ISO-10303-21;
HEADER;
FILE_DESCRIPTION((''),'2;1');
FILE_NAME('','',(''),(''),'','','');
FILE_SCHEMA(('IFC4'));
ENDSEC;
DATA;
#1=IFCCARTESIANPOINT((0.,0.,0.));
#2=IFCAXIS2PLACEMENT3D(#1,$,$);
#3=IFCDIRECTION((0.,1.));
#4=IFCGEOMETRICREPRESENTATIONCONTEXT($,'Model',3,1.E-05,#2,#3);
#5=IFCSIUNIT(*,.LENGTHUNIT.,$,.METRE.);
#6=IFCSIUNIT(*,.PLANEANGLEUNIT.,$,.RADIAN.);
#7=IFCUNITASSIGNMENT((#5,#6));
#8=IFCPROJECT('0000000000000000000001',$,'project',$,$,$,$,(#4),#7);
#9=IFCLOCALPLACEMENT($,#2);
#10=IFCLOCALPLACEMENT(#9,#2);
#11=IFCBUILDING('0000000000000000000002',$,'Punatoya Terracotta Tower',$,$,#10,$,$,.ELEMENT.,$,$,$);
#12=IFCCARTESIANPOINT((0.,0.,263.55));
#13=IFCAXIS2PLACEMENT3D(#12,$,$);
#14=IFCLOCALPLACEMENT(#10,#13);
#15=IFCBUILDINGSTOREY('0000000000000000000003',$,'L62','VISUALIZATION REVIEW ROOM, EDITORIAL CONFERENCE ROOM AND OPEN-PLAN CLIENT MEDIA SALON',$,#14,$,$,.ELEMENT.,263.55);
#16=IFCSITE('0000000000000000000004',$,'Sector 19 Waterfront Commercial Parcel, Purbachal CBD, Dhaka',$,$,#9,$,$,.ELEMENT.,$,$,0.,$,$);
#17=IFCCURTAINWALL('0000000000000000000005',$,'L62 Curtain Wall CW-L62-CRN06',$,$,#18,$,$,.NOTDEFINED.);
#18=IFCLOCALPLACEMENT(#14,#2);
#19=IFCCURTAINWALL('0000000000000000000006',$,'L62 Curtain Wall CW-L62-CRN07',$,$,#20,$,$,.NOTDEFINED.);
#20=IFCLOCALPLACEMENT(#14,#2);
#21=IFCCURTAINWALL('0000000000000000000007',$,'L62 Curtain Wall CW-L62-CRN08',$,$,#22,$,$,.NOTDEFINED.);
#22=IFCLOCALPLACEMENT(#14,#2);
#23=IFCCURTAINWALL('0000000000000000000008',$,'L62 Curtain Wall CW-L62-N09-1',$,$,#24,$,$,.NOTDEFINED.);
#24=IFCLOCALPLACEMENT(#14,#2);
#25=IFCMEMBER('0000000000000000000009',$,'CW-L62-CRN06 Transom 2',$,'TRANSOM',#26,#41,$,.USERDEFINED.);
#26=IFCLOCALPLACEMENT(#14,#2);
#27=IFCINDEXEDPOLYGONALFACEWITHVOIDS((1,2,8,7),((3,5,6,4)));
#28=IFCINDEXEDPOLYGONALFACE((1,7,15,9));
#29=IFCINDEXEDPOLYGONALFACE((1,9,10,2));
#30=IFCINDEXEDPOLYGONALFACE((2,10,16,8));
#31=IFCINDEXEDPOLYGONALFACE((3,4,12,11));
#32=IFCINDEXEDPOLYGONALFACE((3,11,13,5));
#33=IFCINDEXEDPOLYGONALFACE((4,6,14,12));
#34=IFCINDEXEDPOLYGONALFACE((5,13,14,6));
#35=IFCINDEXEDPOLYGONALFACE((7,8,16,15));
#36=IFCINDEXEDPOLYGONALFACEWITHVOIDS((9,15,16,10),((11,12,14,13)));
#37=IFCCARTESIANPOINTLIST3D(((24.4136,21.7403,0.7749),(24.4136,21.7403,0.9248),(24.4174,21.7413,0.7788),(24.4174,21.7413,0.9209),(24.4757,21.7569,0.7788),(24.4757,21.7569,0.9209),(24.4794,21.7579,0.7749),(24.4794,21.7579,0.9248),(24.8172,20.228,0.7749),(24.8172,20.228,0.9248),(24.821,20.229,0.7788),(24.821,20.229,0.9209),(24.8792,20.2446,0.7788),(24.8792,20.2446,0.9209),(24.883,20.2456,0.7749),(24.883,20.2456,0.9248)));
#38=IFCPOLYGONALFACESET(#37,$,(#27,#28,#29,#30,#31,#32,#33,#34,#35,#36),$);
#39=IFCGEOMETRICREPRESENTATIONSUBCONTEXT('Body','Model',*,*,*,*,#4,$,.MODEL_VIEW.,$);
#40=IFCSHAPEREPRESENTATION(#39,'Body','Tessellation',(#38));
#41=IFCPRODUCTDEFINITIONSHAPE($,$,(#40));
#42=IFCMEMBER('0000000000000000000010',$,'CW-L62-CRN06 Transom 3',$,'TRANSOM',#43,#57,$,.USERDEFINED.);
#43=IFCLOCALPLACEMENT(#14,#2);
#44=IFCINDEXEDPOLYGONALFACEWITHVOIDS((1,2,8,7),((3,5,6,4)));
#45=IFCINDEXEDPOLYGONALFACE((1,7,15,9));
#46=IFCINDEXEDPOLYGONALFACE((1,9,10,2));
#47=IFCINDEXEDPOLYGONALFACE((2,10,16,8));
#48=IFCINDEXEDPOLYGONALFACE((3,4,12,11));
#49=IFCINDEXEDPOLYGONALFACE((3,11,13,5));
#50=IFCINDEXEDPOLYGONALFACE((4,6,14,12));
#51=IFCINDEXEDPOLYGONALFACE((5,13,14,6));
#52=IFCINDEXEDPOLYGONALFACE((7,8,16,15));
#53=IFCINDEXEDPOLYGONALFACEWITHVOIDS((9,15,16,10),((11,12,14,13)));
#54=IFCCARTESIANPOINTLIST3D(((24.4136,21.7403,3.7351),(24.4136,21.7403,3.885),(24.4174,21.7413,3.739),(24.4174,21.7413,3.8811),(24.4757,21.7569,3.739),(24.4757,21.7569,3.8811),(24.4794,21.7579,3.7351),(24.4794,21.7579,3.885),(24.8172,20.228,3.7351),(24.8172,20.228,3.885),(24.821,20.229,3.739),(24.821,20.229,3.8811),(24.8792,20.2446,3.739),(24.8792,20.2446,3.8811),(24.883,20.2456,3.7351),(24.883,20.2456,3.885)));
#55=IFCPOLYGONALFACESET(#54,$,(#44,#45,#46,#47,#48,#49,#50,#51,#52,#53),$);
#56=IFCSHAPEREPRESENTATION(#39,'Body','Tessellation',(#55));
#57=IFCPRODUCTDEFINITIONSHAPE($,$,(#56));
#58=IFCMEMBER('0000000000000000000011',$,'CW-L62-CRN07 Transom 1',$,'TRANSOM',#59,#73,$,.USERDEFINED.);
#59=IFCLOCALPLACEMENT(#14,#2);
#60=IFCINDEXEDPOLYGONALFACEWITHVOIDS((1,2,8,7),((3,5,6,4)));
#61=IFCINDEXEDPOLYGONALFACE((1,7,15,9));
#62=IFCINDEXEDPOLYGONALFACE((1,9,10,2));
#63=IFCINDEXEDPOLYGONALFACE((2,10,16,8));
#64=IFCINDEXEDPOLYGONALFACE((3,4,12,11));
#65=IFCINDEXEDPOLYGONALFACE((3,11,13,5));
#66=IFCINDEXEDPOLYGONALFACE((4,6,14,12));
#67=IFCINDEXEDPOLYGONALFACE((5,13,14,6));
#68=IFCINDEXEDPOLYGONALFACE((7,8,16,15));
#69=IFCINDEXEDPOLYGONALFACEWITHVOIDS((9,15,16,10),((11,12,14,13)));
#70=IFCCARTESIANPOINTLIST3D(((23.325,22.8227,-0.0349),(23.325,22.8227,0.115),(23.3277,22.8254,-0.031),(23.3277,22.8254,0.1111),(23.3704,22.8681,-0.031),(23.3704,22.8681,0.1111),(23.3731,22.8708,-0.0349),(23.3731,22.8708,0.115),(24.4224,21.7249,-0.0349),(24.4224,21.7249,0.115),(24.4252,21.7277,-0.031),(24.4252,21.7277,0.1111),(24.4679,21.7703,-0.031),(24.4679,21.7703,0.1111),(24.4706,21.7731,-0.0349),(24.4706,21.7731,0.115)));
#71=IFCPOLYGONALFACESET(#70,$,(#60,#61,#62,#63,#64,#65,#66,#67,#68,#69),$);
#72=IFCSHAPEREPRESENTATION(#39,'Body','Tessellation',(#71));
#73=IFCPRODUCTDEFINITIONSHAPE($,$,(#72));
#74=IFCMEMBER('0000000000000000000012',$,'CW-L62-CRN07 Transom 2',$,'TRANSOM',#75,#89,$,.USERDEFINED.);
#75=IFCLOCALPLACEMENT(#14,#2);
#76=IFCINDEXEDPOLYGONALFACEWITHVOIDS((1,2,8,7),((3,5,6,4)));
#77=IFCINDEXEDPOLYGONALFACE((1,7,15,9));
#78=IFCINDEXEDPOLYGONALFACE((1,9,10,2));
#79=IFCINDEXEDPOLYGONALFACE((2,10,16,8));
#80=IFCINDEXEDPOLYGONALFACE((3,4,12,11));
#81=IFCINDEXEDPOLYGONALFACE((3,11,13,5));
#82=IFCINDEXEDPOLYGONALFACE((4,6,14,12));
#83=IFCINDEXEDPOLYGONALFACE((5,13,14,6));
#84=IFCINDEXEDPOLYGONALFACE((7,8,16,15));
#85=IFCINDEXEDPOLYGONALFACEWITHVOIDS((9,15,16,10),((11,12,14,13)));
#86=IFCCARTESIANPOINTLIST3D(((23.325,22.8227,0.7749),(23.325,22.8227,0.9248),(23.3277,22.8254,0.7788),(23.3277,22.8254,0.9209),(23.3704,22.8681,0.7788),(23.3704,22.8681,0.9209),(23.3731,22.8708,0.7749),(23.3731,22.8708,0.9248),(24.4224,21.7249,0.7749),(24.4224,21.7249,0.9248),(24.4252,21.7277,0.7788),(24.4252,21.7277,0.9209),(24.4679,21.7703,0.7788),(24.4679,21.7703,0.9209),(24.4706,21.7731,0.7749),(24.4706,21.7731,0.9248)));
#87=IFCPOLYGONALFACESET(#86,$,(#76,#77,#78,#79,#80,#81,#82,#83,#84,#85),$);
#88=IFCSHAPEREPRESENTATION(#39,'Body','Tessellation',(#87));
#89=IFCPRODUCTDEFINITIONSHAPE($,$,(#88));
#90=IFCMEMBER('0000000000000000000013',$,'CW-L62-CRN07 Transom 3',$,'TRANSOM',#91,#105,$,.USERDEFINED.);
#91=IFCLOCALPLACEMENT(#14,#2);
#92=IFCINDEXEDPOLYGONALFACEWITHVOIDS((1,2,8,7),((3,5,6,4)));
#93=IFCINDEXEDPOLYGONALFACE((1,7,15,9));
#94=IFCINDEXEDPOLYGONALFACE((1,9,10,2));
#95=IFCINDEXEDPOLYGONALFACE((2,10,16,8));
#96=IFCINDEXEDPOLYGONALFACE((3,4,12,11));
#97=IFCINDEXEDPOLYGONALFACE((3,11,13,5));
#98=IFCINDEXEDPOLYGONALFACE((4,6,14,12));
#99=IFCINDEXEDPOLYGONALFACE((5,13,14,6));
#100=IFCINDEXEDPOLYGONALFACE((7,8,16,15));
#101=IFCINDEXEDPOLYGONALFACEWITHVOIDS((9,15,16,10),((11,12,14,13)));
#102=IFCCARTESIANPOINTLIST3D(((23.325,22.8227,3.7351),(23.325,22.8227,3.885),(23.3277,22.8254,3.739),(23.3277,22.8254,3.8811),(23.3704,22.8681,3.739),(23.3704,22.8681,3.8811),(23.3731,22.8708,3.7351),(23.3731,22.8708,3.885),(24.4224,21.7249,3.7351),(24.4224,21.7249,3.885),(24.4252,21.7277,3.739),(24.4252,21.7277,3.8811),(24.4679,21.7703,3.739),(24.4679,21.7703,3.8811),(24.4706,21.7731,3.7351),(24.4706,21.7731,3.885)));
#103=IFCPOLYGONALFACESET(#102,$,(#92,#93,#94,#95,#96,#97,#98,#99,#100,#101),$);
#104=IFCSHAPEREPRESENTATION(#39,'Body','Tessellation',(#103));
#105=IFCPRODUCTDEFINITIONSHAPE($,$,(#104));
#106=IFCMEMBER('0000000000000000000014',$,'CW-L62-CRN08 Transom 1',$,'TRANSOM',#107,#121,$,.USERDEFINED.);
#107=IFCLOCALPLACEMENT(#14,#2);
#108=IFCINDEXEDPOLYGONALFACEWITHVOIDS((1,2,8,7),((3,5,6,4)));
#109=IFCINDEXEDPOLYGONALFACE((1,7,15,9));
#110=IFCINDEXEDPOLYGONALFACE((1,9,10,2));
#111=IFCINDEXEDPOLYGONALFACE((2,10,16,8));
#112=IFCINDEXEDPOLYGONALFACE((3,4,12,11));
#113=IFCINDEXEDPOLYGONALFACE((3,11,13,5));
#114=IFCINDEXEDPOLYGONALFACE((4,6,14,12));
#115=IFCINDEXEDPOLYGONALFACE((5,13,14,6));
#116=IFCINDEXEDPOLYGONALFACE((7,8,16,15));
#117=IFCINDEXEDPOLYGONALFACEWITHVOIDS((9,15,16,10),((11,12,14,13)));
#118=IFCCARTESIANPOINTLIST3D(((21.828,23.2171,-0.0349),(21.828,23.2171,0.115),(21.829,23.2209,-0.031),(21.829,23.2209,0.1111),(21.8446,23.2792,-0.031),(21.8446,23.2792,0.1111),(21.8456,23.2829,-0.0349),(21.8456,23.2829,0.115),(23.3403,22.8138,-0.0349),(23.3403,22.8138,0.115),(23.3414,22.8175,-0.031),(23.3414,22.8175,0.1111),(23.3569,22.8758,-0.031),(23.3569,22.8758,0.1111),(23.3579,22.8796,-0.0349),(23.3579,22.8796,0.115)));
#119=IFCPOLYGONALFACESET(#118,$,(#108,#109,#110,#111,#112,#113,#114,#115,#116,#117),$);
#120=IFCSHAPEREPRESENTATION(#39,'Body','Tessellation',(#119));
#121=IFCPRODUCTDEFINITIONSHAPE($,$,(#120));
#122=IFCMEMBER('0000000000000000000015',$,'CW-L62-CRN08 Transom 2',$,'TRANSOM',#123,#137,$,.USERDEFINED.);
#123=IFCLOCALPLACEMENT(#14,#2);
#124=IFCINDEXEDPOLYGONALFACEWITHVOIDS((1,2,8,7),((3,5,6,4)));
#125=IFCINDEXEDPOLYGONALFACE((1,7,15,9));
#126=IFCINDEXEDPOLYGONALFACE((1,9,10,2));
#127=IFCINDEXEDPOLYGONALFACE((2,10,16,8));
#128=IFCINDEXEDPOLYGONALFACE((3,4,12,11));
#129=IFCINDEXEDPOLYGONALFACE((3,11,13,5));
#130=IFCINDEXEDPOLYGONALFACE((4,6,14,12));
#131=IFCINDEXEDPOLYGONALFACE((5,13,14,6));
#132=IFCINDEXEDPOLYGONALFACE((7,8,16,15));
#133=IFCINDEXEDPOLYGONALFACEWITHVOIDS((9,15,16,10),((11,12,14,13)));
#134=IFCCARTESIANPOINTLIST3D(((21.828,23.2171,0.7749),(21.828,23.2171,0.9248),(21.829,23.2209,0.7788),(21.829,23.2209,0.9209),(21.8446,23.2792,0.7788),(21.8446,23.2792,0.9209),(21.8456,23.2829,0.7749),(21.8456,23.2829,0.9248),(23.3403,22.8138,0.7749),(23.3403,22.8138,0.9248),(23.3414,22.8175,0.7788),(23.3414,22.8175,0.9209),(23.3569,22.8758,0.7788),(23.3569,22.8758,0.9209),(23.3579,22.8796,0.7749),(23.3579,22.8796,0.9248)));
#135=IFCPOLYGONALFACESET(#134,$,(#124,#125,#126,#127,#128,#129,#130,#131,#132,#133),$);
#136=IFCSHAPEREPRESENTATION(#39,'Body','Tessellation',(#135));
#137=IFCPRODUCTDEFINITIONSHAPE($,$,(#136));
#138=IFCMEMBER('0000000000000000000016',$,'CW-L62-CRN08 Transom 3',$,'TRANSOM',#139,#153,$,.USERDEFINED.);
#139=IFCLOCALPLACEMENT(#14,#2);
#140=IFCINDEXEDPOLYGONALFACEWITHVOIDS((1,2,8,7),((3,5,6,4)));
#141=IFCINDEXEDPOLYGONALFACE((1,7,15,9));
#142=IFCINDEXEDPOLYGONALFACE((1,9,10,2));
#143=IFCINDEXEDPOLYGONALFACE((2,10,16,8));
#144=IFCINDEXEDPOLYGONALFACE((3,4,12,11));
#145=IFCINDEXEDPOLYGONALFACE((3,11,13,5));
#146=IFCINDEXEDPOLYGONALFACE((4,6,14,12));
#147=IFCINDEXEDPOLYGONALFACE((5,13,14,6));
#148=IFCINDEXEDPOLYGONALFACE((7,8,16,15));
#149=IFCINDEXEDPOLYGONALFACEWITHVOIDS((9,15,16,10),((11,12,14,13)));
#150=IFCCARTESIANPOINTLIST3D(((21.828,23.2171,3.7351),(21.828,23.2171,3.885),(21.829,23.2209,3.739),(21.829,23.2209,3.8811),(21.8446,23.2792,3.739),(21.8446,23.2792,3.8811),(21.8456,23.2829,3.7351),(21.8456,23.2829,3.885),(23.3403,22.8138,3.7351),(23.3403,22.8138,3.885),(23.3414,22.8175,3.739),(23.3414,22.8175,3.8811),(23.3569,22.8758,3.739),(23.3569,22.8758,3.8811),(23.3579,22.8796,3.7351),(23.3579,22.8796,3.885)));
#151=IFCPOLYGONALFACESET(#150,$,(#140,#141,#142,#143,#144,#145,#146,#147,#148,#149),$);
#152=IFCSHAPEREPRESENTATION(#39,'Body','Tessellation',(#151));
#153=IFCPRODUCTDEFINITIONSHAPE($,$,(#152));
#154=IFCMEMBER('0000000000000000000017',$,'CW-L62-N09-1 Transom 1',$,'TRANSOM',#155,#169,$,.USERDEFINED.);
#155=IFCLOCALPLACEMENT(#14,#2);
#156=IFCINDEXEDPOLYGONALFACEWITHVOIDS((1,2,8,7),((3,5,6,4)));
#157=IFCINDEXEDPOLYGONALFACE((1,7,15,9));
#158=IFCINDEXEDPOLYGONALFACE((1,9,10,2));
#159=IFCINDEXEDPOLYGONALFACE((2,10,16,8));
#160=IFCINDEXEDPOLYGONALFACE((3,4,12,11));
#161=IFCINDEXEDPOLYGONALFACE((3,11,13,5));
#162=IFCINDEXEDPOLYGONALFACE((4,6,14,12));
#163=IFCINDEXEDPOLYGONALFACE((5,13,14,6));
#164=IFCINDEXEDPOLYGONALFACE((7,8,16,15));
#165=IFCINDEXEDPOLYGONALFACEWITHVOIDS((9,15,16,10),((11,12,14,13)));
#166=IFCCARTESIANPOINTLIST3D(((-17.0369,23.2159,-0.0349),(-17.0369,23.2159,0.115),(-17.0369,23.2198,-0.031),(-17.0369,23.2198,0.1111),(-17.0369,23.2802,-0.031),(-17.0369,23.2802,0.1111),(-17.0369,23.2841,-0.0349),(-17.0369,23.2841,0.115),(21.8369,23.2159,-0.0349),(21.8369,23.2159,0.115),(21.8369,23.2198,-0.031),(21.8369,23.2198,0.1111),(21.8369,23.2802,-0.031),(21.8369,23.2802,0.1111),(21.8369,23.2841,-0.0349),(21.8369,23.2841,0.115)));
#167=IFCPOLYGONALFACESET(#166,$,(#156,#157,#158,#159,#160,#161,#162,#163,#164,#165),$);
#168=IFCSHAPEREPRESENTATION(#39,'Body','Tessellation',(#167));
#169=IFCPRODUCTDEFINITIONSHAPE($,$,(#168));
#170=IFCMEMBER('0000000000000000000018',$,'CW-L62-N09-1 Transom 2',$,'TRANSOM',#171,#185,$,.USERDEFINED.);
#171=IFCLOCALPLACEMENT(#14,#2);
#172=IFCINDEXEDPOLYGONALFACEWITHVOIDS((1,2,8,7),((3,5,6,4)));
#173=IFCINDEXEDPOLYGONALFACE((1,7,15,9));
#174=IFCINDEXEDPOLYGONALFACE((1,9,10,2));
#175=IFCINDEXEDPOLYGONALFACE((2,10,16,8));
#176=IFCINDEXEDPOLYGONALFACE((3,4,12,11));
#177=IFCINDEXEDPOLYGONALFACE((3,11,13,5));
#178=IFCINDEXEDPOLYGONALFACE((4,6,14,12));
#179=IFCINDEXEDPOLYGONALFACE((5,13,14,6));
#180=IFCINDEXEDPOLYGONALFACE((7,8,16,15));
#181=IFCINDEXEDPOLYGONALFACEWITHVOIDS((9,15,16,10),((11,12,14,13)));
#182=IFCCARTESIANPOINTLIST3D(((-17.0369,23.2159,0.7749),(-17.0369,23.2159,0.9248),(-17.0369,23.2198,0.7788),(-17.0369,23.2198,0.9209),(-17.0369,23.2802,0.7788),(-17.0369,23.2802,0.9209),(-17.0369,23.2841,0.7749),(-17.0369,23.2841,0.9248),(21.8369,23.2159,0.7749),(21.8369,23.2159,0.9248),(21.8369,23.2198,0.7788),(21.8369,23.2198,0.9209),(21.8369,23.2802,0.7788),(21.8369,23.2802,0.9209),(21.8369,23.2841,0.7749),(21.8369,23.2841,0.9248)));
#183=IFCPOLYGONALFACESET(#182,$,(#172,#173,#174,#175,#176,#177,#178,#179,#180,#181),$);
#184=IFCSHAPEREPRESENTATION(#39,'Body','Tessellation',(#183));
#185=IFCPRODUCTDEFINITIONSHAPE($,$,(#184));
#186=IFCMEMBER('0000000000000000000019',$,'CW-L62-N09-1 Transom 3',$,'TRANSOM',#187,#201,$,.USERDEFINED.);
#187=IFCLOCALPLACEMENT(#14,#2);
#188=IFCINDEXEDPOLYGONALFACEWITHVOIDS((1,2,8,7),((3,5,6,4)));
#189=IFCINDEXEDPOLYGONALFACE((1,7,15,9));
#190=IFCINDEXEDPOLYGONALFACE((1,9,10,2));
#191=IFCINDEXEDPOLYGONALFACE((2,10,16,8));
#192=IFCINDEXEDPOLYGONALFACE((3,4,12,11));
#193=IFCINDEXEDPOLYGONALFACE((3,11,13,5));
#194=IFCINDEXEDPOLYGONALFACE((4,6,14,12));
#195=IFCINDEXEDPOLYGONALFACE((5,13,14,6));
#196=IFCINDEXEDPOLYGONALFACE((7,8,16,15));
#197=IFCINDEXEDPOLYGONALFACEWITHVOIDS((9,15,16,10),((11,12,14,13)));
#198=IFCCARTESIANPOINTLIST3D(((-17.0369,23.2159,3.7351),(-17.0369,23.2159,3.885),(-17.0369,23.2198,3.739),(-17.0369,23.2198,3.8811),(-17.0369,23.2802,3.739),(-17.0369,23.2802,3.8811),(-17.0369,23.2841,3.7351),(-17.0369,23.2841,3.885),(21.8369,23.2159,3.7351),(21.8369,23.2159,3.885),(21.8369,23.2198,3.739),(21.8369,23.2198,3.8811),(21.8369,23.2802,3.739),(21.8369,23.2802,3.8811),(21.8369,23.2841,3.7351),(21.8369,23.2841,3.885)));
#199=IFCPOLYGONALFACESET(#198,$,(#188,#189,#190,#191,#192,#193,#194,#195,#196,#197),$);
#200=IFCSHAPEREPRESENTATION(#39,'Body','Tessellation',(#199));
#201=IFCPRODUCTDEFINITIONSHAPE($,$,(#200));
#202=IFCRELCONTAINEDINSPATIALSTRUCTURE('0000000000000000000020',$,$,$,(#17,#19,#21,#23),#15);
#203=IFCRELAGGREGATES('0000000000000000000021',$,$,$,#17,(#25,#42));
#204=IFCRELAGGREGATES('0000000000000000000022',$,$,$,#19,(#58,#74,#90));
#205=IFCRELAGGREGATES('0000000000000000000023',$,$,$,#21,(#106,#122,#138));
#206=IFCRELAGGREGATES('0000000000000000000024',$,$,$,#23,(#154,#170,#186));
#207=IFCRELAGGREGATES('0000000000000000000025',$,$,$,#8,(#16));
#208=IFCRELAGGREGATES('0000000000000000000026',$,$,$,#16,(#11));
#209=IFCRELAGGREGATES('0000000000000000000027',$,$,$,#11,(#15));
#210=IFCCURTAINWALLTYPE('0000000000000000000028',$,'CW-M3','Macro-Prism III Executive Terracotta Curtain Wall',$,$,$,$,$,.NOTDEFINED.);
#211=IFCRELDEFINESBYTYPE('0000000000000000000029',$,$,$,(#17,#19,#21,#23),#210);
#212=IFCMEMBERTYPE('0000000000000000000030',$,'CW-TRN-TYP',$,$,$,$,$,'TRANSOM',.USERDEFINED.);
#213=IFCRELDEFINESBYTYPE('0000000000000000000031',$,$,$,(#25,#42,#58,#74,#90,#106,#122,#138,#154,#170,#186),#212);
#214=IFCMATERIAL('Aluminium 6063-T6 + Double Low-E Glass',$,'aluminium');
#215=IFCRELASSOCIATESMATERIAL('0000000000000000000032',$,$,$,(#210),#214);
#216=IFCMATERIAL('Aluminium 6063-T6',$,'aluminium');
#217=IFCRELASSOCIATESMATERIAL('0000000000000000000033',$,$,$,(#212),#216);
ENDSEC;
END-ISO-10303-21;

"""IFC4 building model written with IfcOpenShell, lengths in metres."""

from ifc_helpers import new_model, si_unit, direction, frame, origin, origin_2d, place, context, subcontext, project, spatial, hollow_rectangle, extrude, material, material_profile, profile_set, type_object, element, aggregate, save


model = new_model("IFC4")

# Units and contexts
model_context = context("Model", 3, precision=1e-05, world=origin(), true_north=direction((0.0, 1.0)))
body_context = subcontext(model_context, "Body", "Model", "MODEL_VIEW")
ifc_project = project(units=[si_unit("LENGTHUNIT", "METRE"), si_unit("PLANEANGLEUNIT", "RADIAN")], contexts=[model_context])

# Site, building, storey
site_placement = place(None, origin())
site = spatial("IfcSite", under=ifc_project, at=site_placement, Name="Sector 19 Waterfront Commercial Parcel, Purbachal CBD, Dhaka", CompositionType="ELEMENT", RefElevation=0.0)
building_placement = place(site_placement, origin())
building = spatial("IfcBuilding", under=site, at=building_placement, Name="Punatoya Terracotta Tower", CompositionType="ELEMENT")
storey_placement = place(building_placement, frame((0.0, 0.0, 263.55)))
storey = spatial("IfcBuildingStorey", under=building, at=storey_placement, Name="L62", Description="VISUALIZATION REVIEW ROOM, EDITORIAL CONFERENCE ROOM AND OPEN-PLAN CLIENT MEDIA SALON", CompositionType="ELEMENT", Elevation=263.55)

# Curtain walls
ifc_material_1 = material(Name="Aluminium 6063-T6 + Double Low-E Glass", Category="aluminium")
curtain_wall_type = type_object("IfcCurtainWallType", Name="CW-M3", Description="Macro-Prism III Executive Terracotta Curtain Wall", PredefinedType="NOTDEFINED", material=ifc_material_1)
curtain_wall_1_placement = place(storey_placement, origin())
curtain_wall_1 = element("IfcCurtainWall", 1, at=curtain_wall_1_placement, inside=storey, type_object=curtain_wall_type, Name="L62 Curtain Wall CW-L62-CRN06", PredefinedType="NOTDEFINED")
ifc_material_2 = material(Name="Aluminium 6063-T6", Category="aluminium")
curtain_wall_2_placement = place(storey_placement, origin())
curtain_wall_2 = element("IfcCurtainWall", 2, at=curtain_wall_2_placement, inside=storey, type_object=curtain_wall_type, Name="L62 Curtain Wall CW-L62-CRN07", PredefinedType="NOTDEFINED")
curtain_wall_3_placement = place(storey_placement, origin())
curtain_wall_3 = element("IfcCurtainWall", 3, at=curtain_wall_3_placement, inside=storey, type_object=curtain_wall_type, Name="L62 Curtain Wall CW-L62-CRN08", PredefinedType="NOTDEFINED")

# Curtain wall
curtain_wall_4_placement = place(storey_placement, origin())
curtain_wall_4 = element("IfcCurtainWall", 4, at=curtain_wall_4_placement, inside=storey, type_object=curtain_wall_type, Name="L62 Curtain Wall CW-L62-N09-1", PredefinedType="NOTDEFINED")

# Members
ifc_material_profile_1 = material_profile(ifc_material_2, hollow_rectangle(XDim=0.0681, YDim=0.1499, WallThickness=0.0039, at=origin_2d()))
ifc_profile_set_1 = profile_set([ifc_material_profile_1], Name="Aluminium 6063-T6")
member_type_1 = type_object("IfcMemberType", Name="CW-TRN-TYP", ElementType="TRANSOM", PredefinedType="USERDEFINED", material=ifc_profile_set_1)
member_1_placement = place(storey_placement, frame((24.8501, 20.2368, 0.8499), z_axis=(-0.257847, 0.966186, 0.0), x_axis=(-0.966186, -0.257847, 0.0)))
member_1 = element("IfcMember", 5, at=member_1_placement, type_object=member_type_1, Name="CW-L62-CRN06 Transom 2", ObjectType="TRANSOM", PredefinedType="USERDEFINED", context=body_context, shape_type="SweptSolid", body=[
    extrude(hollow_rectangle(XDim=0.0681, YDim=0.1499, WallThickness=0.0039, at=origin_2d()), origin(), (0.0, 0.0, 1.0), 1.5652),
])
member_2_placement = place(storey_placement, frame((24.8501, 20.2368, 3.8101), z_axis=(-0.257847, 0.966186, 0.0), x_axis=(-0.966186, -0.257847, 0.0)))
member_2 = element("IfcMember", 6, at=member_2_placement, type_object=member_type_1, Name="CW-L62-CRN06 Transom 3", ObjectType="TRANSOM", PredefinedType="USERDEFINED", context=body_context, shape_type="SweptSolid", body=[
    extrude(hollow_rectangle(XDim=0.0681, YDim=0.1499, WallThickness=0.0039, at=origin_2d()), origin(), (0.0, 0.0, 1.0), 1.5652),
])
member_3_placement = place(storey_placement, frame((24.4465, 21.749, 0.04), z_axis=(-0.707028, 0.707185, 0.0), x_axis=(-0.707185, -0.707028, 0.0)))
member_3 = element("IfcMember", 7, at=member_3_placement, type_object=member_type_1, Name="CW-L62-CRN07 Transom 1", ObjectType="TRANSOM", PredefinedType="USERDEFINED", context=body_context, shape_type="SweptSolid", body=[
    extrude(hollow_rectangle(XDim=0.0681, YDim=0.1499, WallThickness=0.0039, at=origin_2d()), origin(), (0.0, 0.0, 1.0), 1.5522),
])
member_4_placement = place(storey_placement, frame((24.4465, 21.749, 0.8499), z_axis=(-0.707028, 0.707185, 0.0), x_axis=(-0.707185, -0.707028, 0.0)))
member_4 = element("IfcMember", 8, at=member_4_placement, type_object=member_type_1, Name="CW-L62-CRN07 Transom 2", ObjectType="TRANSOM", PredefinedType="USERDEFINED", context=body_context, shape_type="SweptSolid", body=[
    extrude(hollow_rectangle(XDim=0.0681, YDim=0.1499, WallThickness=0.0039, at=origin_2d()), origin(), (0.0, 0.0, 1.0), 1.5522),
])
member_5_placement = place(storey_placement, frame((24.4465, 21.749, 3.8101), z_axis=(-0.707028, 0.707185, 0.0), x_axis=(-0.707185, -0.707028, 0.0)))
member_5 = element("IfcMember", 9, at=member_5_placement, type_object=member_type_1, Name="CW-L62-CRN07 Transom 3", ObjectType="TRANSOM", PredefinedType="USERDEFINED", context=body_context, shape_type="SweptSolid", body=[
    extrude(hollow_rectangle(XDim=0.0681, YDim=0.1499, WallThickness=0.0039, at=origin_2d()), origin(), (0.0, 0.0, 1.0), 1.5522),
])
member_6_placement = place(storey_placement, frame((23.3491, 22.8467, 0.04), z_axis=(-0.966225, 0.257701, 0.0), x_axis=(-0.257701, -0.966225, 0.0)))
member_6 = element("IfcMember", 10, at=member_6_placement, type_object=member_type_1, Name="CW-L62-CRN08 Transom 1", ObjectType="TRANSOM", PredefinedType="USERDEFINED", context=body_context, shape_type="SweptSolid", body=[
    extrude(hollow_rectangle(XDim=0.0681, YDim=0.1499, WallThickness=0.0039, at=origin_2d()), origin(), (0.0, 0.0, 1.0), 1.5652),
])
member_7_placement = place(storey_placement, frame((23.3491, 22.8467, 0.8499), z_axis=(-0.966225, 0.257701, 0.0), x_axis=(-0.257701, -0.966225, 0.0)))
member_7 = element("IfcMember", 11, at=member_7_placement, type_object=member_type_1, Name="CW-L62-CRN08 Transom 2", ObjectType="TRANSOM", PredefinedType="USERDEFINED", context=body_context, shape_type="SweptSolid", body=[
    extrude(hollow_rectangle(XDim=0.0681, YDim=0.1499, WallThickness=0.0039, at=origin_2d()), origin(), (0.0, 0.0, 1.0), 1.5652),
])
member_8_placement = place(storey_placement, frame((23.3491, 22.8467, 3.8101), z_axis=(-0.966225, 0.257701, 0.0), x_axis=(-0.257701, -0.966225, 0.0)))
member_8 = element("IfcMember", 12, at=member_8_placement, type_object=member_type_1, Name="CW-L62-CRN08 Transom 3", ObjectType="TRANSOM", PredefinedType="USERDEFINED", context=body_context, shape_type="SweptSolid", body=[
    extrude(hollow_rectangle(XDim=0.0681, YDim=0.1499, WallThickness=0.0039, at=origin_2d()), origin(), (0.0, 0.0, 1.0), 1.5652),
])
member_9_placement = place(storey_placement, frame((21.8369, 23.25, 0.04), z_axis=(-1.0, 0.0, 0.0), x_axis=(0.0, -1.0, 0.0)))
member_9 = element("IfcMember", 13, at=member_9_placement, type_object=member_type_1, Name="CW-L62-N09-1 Transom 1", ObjectType="TRANSOM", PredefinedType="USERDEFINED", context=body_context, shape_type="SweptSolid", body=[
    extrude(hollow_rectangle(XDim=0.0681, YDim=0.1499, WallThickness=0.0039, at=origin_2d()), origin(), (0.0, 0.0, 1.0), 38.8738),
])
member_10_placement = place(storey_placement, frame((21.8369, 23.25, 0.8499), z_axis=(-1.0, 0.0, 0.0), x_axis=(0.0, -1.0, 0.0)))
member_10 = element("IfcMember", 14, at=member_10_placement, type_object=member_type_1, Name="CW-L62-N09-1 Transom 2", ObjectType="TRANSOM", PredefinedType="USERDEFINED", context=body_context, shape_type="SweptSolid", body=[
    extrude(hollow_rectangle(XDim=0.0681, YDim=0.1499, WallThickness=0.0039, at=origin_2d()), origin(), (0.0, 0.0, 1.0), 38.8738),
])
member_11_placement = place(storey_placement, frame((21.8369, 23.25, 3.8101), z_axis=(-1.0, 0.0, 0.0), x_axis=(0.0, -1.0, 0.0)))
member_11 = element("IfcMember", 15, at=member_11_placement, type_object=member_type_1, Name="CW-L62-N09-1 Transom 3", ObjectType="TRANSOM", PredefinedType="USERDEFINED", context=body_context, shape_type="SweptSolid", body=[
    extrude(hollow_rectangle(XDim=0.0681, YDim=0.1499, WallThickness=0.0039, at=origin_2d()), origin(), (0.0, 0.0, 1.0), 38.8738),
])

aggregate(curtain_wall_1, [member_1, member_2])
aggregate(curtain_wall_2, [member_3, member_4, member_5])
aggregate(curtain_wall_3, [member_6, member_7, member_8])
aggregate(curtain_wall_4, [member_9, member_10, member_11])

save(model, "model.ifc")
